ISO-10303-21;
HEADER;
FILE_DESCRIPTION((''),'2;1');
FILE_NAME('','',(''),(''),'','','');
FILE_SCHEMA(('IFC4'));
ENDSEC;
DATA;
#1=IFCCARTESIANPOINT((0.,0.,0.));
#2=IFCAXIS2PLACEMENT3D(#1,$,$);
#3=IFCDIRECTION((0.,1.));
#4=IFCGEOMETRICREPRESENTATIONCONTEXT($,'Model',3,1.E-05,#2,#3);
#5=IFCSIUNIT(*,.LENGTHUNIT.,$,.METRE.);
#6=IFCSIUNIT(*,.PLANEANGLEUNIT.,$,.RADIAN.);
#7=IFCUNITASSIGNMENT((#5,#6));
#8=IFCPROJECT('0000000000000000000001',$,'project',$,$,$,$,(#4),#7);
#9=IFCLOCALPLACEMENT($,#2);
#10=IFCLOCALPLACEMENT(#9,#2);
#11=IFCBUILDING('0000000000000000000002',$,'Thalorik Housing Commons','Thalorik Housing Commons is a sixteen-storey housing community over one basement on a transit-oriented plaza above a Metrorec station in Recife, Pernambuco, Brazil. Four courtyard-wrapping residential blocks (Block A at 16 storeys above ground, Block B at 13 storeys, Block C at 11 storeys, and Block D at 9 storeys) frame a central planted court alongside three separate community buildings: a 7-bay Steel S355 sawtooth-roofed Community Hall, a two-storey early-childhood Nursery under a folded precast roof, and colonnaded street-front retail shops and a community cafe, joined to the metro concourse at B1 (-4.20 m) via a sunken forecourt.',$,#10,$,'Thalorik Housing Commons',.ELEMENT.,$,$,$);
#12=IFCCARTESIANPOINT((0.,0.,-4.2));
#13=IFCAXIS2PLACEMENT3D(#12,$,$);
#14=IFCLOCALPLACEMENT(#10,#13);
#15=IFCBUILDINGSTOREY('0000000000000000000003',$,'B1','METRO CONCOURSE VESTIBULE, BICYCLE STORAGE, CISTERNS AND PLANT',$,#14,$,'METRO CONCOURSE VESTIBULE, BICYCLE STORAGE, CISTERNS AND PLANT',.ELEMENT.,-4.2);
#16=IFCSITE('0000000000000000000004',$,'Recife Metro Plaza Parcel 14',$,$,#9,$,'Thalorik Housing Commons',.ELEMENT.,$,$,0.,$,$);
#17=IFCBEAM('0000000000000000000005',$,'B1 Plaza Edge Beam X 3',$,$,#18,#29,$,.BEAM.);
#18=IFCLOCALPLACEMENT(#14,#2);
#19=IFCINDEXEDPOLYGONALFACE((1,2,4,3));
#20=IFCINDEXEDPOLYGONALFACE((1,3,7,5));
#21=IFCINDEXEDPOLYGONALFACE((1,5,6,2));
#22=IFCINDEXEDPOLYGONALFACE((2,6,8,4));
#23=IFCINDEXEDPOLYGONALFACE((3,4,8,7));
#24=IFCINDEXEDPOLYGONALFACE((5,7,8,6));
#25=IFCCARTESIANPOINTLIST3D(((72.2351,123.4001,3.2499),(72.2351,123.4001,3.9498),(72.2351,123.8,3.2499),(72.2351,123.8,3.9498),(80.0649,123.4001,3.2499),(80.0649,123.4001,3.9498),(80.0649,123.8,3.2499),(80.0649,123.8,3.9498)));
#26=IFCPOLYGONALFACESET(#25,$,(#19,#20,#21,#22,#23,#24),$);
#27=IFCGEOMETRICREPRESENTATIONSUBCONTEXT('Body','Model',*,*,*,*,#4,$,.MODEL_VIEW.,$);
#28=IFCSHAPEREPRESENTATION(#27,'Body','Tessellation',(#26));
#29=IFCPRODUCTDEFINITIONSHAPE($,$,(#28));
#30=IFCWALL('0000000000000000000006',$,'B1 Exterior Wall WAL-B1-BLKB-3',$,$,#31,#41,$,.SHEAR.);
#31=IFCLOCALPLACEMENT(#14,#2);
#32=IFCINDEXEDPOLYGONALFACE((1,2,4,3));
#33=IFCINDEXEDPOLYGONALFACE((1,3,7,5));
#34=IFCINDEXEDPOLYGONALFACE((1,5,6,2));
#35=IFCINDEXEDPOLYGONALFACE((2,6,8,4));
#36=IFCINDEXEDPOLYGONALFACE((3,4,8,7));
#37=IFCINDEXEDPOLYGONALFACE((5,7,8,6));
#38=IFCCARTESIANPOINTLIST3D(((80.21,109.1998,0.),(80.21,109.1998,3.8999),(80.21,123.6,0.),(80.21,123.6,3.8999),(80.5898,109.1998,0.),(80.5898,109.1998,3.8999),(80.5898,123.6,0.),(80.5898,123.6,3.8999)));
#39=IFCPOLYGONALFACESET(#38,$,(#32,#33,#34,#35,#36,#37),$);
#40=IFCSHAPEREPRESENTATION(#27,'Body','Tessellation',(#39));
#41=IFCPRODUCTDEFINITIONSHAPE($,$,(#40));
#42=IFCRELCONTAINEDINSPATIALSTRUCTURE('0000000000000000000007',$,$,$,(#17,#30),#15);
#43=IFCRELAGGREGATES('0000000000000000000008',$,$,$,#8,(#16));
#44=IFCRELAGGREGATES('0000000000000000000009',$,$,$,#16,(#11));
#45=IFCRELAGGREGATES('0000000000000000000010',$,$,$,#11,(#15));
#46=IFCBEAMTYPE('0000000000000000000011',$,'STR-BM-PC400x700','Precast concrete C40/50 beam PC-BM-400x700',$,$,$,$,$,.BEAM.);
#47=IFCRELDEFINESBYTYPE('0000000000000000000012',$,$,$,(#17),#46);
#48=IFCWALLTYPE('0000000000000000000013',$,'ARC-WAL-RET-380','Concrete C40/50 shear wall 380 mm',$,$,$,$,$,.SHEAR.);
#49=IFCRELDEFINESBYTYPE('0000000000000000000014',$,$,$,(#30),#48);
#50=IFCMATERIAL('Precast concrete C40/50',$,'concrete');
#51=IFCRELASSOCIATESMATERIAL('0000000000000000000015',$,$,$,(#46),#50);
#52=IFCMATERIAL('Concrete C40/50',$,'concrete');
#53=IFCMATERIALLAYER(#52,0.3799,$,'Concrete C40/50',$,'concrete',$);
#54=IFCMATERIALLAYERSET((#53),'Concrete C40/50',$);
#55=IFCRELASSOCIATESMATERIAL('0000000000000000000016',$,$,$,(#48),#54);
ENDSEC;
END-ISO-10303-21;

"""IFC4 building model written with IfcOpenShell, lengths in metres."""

from ifc_helpers import new_model, si_unit, direction, frame, frame_2d, origin, origin_2d, place, context, subcontext, project, spatial, rectangle, extrude, material, layer, layer_set, material_profile, profile_set, type_object, element, save


model = new_model("IFC4")

# Units and contexts
model_context = context("Model", 3, precision=1e-05, world=origin(), true_north=direction((0.0, 1.0)))
body_context = subcontext(model_context, "Body", "Model", "MODEL_VIEW")
ifc_project = project(units=[si_unit("LENGTHUNIT", "METRE"), si_unit("PLANEANGLEUNIT", "RADIAN")], contexts=[model_context])

# Site, building, storey
site_placement = place(None, origin())
site = spatial("IfcSite", under=ifc_project, at=site_placement, Name="Recife Metro Plaza Parcel 14", LongName="Thalorik Housing Commons", CompositionType="ELEMENT", RefElevation=0.0)
building_placement = place(site_placement, origin())
building = spatial("IfcBuilding", under=site, at=building_placement, Name="Thalorik Housing Commons", Description="Thalorik Housing Commons is a sixteen-storey housing community over one basement on a transit-oriented plaza above a Metrorec station in Recife, Pernambuco, Brazil. Four courtyard-wrapping residential blocks (Block A at 16 storeys above ground, Block B at 13 storeys, Block C at 11 storeys, and Block D at 9 storeys) frame a central planted court alongside three separate community buildings: a 7-bay Steel S355 sawtooth-roofed Community Hall, a two-storey early-childhood Nursery under a folded precast roof, and colonnaded street-front retail shops and a community cafe, joined to the metro concourse at B1 (-4.20 m) via a sunken forecourt.", LongName="Thalorik Housing Commons", CompositionType="ELEMENT")
storey_placement = place(building_placement, frame((0.0, 0.0, -4.2)))
storey = spatial("IfcBuildingStorey", under=building, at=storey_placement, Name="B1", Description="METRO CONCOURSE VESTIBULE, BICYCLE STORAGE, CISTERNS AND PLANT", LongName="METRO CONCOURSE VESTIBULE, BICYCLE STORAGE, CISTERNS AND PLANT", CompositionType="ELEMENT", Elevation=-4.2)

# Shared definitions
ifc_material_1 = material(Name="Concrete C40/50", Category="concrete")

# Shared definitions
ifc_material_2 = material(Name="Precast concrete C40/50", Category="concrete")

# Beam
ifc_material_profile_1 = material_profile(ifc_material_2, rectangle(XDim=0.3999, YDim=0.7, at=origin_2d()), Name="PC 400x700", Category="concrete")
ifc_profile_set_1 = profile_set([ifc_material_profile_1], Name="Precast concrete C40/50")
beam_type_1 = type_object("IfcBeamType", Name="STR-BM-PC400x700", Description="Precast concrete C40/50 beam PC-BM-400x700", PredefinedType="BEAM", material=ifc_profile_set_1)
beam_1_placement = place(storey_placement, frame((72.2351, 123.6001, 3.5999), z_axis=(1.0, 0.0, 0.0), x_axis=(0.0, 1.0, 0.0)))
element("IfcBeam", 1, at=beam_1_placement, inside=storey, type_object=beam_type_1, Name="B1 Plaza Edge Beam X 3", PredefinedType="BEAM", context=body_context, shape_type="SweptSolid", body=[
    extrude(rectangle(XDim=0.3999, YDim=0.7, at=origin_2d()), origin(), (0.0, 0.0, 1.0), 7.8298),
])

# Wall
ifc_layer = layer(ifc_material_1, 0.3799, Name="Concrete C40/50", Category="concrete")
ifc_layer_set = layer_set([ifc_layer], Name="Concrete C40/50")
wall_type = type_object("IfcWallType", Name="ARC-WAL-RET-380", Description="Concrete C40/50 shear wall 380 mm", PredefinedType="SHEAR", material=ifc_layer_set)
wall_placement = place(storey_placement, frame((80.3999, 123.6001, 0.0), z_axis=(0.0, 0.0, 1.0), x_axis=(0.0, -1.0, 0.0)))
element("IfcWall", 2, at=wall_placement, inside=storey, type_object=wall_type, Name="B1 Exterior Wall WAL-B1-BLKB-3", PredefinedType="SHEAR", context=body_context, shape_type="SweptSolid", body=[
    extrude(rectangle(XDim=14.4001, YDim=0.3799, at=frame_2d((7.2002, 0.0))), origin(), (0.0, 0.0, 1.0), 3.8999),
])

save(model, "model.ifc")
